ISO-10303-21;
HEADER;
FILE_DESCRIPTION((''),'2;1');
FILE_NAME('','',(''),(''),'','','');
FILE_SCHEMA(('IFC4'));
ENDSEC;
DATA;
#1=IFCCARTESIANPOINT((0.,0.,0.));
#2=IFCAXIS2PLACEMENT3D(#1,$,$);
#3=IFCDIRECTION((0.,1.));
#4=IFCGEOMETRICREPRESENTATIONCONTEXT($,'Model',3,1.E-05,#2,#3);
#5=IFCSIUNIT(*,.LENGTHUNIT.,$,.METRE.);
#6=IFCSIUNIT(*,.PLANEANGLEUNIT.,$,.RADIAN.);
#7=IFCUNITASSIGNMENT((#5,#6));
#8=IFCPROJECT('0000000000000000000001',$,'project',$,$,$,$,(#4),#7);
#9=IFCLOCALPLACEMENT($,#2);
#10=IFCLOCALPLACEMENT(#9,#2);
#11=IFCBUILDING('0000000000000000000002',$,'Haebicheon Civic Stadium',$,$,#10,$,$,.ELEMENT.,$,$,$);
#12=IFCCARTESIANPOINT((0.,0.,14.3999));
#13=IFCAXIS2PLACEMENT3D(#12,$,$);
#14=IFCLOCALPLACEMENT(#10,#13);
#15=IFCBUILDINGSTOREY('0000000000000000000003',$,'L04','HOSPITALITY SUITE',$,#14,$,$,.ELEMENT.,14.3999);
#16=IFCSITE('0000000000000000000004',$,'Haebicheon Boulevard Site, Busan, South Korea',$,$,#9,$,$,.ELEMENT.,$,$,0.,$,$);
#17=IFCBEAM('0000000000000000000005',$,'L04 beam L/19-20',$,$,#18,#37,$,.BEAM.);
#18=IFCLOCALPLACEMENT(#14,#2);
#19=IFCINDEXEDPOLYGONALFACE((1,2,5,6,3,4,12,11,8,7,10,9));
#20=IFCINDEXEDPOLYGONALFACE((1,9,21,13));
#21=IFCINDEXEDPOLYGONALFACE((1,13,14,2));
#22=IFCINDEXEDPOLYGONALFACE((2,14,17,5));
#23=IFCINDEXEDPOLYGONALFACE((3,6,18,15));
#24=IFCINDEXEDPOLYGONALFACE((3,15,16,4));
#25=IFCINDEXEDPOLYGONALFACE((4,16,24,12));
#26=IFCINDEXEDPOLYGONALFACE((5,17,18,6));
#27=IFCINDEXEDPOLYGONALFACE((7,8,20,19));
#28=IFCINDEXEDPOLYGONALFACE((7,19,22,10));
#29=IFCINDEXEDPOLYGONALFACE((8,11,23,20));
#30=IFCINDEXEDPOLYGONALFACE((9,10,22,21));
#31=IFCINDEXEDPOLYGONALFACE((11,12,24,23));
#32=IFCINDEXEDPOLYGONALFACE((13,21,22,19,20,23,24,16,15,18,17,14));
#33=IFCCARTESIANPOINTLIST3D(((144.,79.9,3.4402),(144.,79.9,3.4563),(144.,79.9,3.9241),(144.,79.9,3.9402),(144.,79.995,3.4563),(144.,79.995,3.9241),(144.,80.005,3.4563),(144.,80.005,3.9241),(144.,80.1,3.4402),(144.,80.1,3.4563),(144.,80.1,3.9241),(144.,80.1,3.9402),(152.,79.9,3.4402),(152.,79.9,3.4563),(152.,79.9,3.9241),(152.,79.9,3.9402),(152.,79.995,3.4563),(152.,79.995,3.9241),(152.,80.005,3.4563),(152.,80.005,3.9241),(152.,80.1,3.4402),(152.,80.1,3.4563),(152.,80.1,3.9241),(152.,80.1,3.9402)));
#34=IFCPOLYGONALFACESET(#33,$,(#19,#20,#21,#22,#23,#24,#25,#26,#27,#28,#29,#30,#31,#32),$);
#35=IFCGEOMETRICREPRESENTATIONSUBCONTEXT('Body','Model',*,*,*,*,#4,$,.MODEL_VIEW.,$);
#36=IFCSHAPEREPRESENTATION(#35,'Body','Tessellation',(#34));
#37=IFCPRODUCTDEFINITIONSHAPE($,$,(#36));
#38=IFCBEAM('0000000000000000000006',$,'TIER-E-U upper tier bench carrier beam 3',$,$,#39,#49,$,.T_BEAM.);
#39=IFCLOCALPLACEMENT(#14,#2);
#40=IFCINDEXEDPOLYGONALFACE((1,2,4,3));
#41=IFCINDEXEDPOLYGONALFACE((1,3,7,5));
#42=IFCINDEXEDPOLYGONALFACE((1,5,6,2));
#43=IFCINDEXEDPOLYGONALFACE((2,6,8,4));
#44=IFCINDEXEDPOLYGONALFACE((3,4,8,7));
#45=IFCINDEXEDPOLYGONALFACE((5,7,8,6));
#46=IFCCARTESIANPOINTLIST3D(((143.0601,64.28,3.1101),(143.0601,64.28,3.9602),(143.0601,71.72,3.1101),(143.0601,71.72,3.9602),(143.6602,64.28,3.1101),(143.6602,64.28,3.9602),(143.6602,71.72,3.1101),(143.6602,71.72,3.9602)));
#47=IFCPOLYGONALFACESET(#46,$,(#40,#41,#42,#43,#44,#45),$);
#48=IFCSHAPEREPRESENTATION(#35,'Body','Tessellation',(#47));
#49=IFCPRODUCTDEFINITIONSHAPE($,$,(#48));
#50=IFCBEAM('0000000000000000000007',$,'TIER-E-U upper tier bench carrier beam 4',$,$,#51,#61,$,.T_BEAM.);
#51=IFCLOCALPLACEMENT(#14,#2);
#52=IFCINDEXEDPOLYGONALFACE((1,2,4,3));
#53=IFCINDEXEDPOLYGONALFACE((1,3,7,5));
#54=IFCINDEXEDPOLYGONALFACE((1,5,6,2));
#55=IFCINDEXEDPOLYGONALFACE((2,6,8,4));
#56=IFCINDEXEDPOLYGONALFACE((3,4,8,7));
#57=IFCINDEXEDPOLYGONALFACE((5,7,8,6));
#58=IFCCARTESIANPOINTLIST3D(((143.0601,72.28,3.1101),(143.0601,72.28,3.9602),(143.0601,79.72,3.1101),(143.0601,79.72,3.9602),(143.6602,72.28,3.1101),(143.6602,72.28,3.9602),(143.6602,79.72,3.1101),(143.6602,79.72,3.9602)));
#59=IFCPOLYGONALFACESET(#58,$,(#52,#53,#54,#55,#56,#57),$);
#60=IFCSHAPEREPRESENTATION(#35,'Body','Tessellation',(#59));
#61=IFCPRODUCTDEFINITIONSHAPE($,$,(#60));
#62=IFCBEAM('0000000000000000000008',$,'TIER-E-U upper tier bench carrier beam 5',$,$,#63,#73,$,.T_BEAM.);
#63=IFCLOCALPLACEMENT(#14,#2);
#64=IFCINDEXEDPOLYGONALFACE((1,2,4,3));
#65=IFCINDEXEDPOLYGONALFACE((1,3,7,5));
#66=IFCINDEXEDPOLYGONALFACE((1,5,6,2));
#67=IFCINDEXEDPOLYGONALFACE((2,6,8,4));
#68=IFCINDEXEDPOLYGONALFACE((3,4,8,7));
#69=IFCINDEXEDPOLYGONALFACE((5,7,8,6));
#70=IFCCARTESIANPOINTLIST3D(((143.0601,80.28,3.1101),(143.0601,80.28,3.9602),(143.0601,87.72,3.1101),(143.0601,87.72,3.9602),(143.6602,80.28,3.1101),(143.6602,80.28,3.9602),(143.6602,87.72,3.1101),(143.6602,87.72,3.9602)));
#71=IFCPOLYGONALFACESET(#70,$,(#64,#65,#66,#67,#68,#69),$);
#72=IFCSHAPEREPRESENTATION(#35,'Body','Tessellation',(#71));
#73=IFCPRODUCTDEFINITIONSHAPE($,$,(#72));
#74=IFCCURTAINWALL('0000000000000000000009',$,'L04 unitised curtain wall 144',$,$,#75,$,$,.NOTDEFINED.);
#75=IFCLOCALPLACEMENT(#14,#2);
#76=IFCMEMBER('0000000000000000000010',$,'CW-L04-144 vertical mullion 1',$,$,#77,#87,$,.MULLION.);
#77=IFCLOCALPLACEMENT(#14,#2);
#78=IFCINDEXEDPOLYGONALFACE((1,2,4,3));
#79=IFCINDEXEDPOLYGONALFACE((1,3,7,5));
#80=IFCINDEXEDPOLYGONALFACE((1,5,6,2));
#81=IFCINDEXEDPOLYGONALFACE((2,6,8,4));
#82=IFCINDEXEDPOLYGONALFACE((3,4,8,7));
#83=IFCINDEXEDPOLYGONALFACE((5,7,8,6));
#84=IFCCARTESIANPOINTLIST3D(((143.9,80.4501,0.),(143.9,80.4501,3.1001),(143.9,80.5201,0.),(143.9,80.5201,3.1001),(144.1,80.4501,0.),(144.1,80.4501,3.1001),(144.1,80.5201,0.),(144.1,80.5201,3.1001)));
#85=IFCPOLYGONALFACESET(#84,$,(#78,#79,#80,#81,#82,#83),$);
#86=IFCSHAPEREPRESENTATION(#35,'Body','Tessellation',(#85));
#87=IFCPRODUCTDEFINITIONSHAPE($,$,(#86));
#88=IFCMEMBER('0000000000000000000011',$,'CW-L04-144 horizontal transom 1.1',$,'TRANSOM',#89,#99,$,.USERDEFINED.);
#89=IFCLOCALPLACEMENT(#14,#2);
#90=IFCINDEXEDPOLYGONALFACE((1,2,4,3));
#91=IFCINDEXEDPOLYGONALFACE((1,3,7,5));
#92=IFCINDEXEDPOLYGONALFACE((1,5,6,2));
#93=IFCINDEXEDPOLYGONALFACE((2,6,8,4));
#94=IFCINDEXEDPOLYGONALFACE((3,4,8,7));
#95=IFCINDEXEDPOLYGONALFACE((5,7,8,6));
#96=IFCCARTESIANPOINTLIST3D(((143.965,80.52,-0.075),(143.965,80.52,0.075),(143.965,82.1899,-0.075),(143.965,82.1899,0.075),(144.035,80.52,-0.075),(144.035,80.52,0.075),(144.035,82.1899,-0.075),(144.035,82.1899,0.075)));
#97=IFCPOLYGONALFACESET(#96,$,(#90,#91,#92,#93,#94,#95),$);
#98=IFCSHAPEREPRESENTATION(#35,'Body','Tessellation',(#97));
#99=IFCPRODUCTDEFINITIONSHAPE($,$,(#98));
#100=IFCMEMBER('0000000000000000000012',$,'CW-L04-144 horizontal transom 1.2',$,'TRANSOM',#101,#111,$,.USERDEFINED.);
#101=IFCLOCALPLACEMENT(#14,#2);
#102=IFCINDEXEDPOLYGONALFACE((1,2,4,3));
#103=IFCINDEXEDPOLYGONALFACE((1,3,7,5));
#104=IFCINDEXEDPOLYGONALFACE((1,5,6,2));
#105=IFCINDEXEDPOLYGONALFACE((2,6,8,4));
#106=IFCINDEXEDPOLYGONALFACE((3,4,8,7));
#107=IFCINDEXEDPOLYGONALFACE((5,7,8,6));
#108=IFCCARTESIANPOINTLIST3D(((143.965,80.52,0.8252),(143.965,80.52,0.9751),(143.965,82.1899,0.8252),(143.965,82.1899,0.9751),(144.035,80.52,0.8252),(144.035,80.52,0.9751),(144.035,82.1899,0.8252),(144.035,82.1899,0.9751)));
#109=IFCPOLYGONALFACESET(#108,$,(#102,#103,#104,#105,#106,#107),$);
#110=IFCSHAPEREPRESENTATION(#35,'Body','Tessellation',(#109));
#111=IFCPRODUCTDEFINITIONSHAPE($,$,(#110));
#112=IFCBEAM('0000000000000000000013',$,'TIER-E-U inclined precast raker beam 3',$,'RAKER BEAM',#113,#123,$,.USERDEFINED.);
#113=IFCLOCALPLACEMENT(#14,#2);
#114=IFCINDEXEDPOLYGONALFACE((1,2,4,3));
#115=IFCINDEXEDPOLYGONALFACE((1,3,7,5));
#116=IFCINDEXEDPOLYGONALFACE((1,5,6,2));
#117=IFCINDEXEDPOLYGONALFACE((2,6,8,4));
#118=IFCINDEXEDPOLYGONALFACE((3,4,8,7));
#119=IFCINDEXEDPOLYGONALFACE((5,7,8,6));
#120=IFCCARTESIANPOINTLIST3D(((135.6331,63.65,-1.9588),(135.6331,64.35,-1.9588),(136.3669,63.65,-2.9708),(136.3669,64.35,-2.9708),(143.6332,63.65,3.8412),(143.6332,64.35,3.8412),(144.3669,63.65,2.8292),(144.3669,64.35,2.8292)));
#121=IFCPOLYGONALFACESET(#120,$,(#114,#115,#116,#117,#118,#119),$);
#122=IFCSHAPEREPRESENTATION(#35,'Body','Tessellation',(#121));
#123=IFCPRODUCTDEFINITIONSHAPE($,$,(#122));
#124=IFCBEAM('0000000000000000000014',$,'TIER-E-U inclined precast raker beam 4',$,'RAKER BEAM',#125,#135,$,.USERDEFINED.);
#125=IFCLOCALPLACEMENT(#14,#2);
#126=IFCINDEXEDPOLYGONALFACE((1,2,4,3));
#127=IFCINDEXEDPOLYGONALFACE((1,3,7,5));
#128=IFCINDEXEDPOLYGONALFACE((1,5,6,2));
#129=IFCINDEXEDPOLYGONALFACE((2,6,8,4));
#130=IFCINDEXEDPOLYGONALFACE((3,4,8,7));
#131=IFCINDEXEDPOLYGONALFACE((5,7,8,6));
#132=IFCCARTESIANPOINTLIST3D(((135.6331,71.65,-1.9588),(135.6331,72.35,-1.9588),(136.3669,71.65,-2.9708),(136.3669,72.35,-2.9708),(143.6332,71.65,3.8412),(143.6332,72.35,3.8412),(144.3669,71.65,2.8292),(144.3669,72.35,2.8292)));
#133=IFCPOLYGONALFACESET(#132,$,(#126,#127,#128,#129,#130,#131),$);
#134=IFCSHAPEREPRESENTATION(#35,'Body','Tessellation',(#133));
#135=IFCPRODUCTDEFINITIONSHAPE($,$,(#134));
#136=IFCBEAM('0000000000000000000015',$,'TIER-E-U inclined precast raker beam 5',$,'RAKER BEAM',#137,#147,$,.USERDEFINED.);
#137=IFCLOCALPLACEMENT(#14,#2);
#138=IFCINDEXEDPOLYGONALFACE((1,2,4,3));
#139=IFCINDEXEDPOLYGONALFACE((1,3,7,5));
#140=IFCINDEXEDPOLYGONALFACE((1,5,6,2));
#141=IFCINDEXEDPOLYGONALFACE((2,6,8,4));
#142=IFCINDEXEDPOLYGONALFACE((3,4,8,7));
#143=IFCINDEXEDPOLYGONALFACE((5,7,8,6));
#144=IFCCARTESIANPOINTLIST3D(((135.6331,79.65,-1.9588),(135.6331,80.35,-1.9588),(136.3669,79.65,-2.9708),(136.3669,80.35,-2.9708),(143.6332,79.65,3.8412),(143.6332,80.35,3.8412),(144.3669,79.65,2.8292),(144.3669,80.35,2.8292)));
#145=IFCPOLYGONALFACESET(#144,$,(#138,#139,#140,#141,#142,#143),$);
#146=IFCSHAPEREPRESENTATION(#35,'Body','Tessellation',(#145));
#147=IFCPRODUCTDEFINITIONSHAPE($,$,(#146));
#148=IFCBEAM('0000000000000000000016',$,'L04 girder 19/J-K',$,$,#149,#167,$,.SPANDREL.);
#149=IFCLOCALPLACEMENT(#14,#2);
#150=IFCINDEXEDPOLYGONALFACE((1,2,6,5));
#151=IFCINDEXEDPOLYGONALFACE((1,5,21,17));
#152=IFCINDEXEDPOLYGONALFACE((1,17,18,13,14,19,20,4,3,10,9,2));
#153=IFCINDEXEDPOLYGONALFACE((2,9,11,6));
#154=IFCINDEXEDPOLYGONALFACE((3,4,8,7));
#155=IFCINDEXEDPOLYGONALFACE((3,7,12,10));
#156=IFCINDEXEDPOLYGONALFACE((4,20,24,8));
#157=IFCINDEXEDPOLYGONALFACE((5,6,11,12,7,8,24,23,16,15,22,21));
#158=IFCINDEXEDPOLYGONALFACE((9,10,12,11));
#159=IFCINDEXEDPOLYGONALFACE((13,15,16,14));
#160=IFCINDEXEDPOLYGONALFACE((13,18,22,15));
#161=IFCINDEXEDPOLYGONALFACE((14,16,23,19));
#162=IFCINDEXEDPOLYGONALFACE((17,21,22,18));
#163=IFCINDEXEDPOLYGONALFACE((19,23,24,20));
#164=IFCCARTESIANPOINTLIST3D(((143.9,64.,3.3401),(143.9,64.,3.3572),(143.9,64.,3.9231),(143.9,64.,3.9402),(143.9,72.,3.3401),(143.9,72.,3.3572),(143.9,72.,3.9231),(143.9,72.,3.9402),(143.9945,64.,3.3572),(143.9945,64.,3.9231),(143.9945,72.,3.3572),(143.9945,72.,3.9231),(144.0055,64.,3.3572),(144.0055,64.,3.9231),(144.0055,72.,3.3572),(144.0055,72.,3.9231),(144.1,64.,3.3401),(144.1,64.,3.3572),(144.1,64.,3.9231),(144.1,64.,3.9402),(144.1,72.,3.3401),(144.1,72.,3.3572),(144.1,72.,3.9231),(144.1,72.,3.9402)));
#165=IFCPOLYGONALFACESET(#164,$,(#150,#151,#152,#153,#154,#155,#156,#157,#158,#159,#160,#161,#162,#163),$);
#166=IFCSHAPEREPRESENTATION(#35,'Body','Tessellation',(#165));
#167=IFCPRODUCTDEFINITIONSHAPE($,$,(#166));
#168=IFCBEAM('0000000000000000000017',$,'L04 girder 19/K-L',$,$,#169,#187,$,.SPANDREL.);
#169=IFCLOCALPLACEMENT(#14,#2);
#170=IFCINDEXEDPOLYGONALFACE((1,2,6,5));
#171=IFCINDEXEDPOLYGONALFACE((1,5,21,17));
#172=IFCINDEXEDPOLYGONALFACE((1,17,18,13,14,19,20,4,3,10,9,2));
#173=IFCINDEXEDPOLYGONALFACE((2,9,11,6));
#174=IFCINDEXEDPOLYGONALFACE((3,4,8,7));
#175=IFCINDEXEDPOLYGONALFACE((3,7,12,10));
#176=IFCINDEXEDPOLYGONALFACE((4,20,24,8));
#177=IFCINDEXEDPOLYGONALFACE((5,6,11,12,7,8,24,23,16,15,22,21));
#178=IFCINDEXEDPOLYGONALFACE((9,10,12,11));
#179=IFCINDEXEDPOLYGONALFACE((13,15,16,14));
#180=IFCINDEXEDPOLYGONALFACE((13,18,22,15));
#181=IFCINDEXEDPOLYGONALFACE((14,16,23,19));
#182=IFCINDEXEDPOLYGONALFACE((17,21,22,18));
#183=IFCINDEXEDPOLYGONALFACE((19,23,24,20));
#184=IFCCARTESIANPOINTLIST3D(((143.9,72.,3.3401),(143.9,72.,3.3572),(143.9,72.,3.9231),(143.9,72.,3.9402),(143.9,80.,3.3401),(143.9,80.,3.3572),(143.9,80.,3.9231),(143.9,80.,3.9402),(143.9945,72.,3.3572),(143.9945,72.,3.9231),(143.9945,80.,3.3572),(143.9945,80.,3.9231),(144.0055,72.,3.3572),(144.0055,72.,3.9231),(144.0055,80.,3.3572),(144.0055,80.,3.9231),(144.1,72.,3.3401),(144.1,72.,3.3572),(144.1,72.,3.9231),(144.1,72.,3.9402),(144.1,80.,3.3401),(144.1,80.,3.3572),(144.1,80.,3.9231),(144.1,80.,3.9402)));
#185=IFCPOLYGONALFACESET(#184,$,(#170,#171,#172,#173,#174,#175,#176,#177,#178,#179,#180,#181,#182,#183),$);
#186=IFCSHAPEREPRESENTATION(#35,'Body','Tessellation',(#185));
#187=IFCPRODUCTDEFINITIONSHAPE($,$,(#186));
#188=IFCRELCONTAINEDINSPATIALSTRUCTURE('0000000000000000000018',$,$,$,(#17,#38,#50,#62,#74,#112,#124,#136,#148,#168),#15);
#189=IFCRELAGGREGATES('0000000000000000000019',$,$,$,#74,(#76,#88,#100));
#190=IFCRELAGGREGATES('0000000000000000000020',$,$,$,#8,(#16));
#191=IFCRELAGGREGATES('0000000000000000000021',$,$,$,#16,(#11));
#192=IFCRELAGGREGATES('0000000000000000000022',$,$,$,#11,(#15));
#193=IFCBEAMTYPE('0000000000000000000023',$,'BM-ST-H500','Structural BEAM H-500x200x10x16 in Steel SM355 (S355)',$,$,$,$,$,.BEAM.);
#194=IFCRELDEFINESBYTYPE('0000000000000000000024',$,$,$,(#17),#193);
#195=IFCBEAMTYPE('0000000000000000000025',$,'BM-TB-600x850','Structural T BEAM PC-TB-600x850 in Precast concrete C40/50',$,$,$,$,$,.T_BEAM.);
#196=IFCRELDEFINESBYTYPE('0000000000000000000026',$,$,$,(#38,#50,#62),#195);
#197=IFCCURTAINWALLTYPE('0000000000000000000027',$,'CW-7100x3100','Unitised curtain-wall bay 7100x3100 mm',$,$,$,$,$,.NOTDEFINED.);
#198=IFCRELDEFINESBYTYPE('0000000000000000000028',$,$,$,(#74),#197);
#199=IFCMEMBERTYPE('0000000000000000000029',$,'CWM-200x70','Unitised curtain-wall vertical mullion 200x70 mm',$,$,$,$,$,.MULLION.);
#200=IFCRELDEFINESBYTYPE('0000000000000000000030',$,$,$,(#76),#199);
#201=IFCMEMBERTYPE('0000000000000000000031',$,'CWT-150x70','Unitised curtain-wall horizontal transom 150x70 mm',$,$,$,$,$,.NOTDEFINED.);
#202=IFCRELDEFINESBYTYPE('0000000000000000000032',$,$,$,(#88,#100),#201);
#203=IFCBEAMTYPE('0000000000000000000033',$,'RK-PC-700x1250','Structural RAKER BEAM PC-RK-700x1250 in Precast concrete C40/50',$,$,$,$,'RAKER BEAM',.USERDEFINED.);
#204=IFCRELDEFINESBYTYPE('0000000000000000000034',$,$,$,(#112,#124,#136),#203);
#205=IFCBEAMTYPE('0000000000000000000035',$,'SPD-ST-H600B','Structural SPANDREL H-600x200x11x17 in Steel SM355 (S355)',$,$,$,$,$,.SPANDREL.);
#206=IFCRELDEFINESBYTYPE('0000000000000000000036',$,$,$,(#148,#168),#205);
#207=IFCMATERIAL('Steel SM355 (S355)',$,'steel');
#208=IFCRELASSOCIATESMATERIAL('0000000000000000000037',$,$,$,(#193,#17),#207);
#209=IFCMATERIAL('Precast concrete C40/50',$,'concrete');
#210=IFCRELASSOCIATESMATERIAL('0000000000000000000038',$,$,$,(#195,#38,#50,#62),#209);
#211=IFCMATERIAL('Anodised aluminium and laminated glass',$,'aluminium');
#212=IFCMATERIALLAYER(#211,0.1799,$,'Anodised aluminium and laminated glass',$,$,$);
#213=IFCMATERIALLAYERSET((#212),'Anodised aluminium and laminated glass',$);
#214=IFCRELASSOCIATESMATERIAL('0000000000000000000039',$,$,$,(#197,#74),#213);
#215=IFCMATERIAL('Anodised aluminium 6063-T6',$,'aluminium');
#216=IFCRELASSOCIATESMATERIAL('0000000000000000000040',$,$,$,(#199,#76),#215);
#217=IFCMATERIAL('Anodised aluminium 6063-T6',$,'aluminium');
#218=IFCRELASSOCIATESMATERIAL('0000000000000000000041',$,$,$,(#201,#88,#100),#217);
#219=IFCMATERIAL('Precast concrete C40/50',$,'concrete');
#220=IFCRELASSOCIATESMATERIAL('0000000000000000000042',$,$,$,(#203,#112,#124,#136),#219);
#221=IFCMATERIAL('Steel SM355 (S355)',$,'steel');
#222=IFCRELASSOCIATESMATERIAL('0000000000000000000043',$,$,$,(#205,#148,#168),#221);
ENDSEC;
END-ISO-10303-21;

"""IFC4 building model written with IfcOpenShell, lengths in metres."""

from ifc_helpers import new_model, si_unit, direction, frame, origin, origin_2d, place, context, subcontext, project, spatial, rectangle, i_section, extrude, material, layer, layer_set, material_profile, profile_set, type_object, element, aggregate, save


model = new_model("IFC4")

# Units and contexts
model_context = context("Model", 3, precision=1e-05, world=origin(), true_north=direction((0.0, 1.0)))
body_context = subcontext(model_context, "Body", "Model", "MODEL_VIEW")
ifc_project = project(units=[si_unit("LENGTHUNIT", "METRE"), si_unit("PLANEANGLEUNIT", "RADIAN")], contexts=[model_context])

# Site, building, storey
site_placement = place(None, origin())
site = spatial("IfcSite", under=ifc_project, at=site_placement, Name="Haebicheon Boulevard Site, Busan, South Korea", CompositionType="ELEMENT", RefElevation=0.0)
building_placement = place(site_placement, origin())
building = spatial("IfcBuilding", under=site, at=building_placement, Name="Haebicheon Civic Stadium", CompositionType="ELEMENT")
storey_placement = place(building_placement, frame((0.0, 0.0, 14.3999)))
storey = spatial("IfcBuildingStorey", under=building, at=storey_placement, Name="L04", Description="HOSPITALITY SUITE", CompositionType="ELEMENT", Elevation=14.3999)

# Beams
ifc_material_1 = material(Name="Steel SM355 (S355)", Category="steel")
ifc_material_profile_1 = material_profile(ifc_material_1, i_section(OverallWidth=0.2, OverallDepth=0.5, WebThickness=0.01, FlangeThickness=0.0161, at=origin_2d()), Name="H-500x200x10x16")
ifc_profile_set_1 = profile_set([ifc_material_profile_1], Name="Steel SM355 (S355)")
beam_type_1 = type_object("IfcBeamType", Name="BM-ST-H500", Description="Structural BEAM H-500x200x10x16 in Steel SM355 (S355)", PredefinedType="BEAM", material=ifc_profile_set_1)
for number, where, z_axis, x_axis, name in (
    (1, (144.0, 80.0, 3.6902), (1.0, 0.0, 0.0), (0.0, 1.0, 0.0), "L04 beam L/19-20"),
):
    element("IfcBeam", number, at=place(storey_placement, frame(where, z_axis=z_axis, x_axis=x_axis)), inside=storey, type_object=beam_type_1, material=ifc_profile_set_1, Name=name, PredefinedType="BEAM", context=body_context, shape_type="SweptSolid", body=[
        extrude(i_section(OverallWidth=0.2, OverallDepth=0.5, WebThickness=0.01, FlangeThickness=0.0161, at=origin_2d()), origin(), (0.0, 0.0, 1.0), 8.0),
    ])
ifc_material_2 = material(Name="Precast concrete C40/50", Category="concrete")
ifc_material_profile_2 = material_profile(ifc_material_2, rectangle(XDim=0.6001, YDim=0.8501, at=origin_2d()), Name="PC-TB-600x850")
ifc_profile_set_2 = profile_set([ifc_material_profile_2], Name="Precast concrete C40/50")
beam_type_2 = type_object("IfcBeamType", Name="BM-TB-600x850", Description="Structural T BEAM PC-TB-600x850 in Precast concrete C40/50", PredefinedType="T_BEAM", material=ifc_profile_set_2)
for number, where, z_axis, x_axis, name in (
    (2, (143.3601, 64.28, 3.5352), (0.0, 1.0, 0.0), (-1.0, 0.0, 0.0), "TIER-E-U upper tier bench carrier beam 3"),
    (3, (143.3601, 72.28, 3.5352), (0.0, 1.0, 0.0), (-1.0, 0.0, 0.0), "TIER-E-U upper tier bench carrier beam 4"),
    (4, (143.3601, 80.28, 3.5352), (0.0, 1.0, 0.0), (-1.0, 0.0, 0.0), "TIER-E-U upper tier bench carrier beam 5"),
):
    element("IfcBeam", number, at=place(storey_placement, frame(where, z_axis=z_axis, x_axis=x_axis)), inside=storey, type_object=beam_type_2, material=ifc_profile_set_2, Name=name, PredefinedType="T_BEAM", context=body_context, shape_type="SweptSolid", body=[
        extrude(rectangle(XDim=0.6001, YDim=0.8501, at=origin_2d()), origin(), (0.0, 0.0, 1.0), 7.4399),
    ])

# Curtain wall, members
ifc_material_3 = material(Name="Anodised aluminium and laminated glass", Category="aluminium")
ifc_layer_1 = layer(ifc_material_3, 0.1799, Name="Anodised aluminium and laminated glass")
ifc_layer_set_1 = layer_set([ifc_layer_1], Name="Anodised aluminium and laminated glass")
curtain_wall_type = type_object("IfcCurtainWallType", Name="CW-7100x3100", Description="Unitised curtain-wall bay 7100x3100 mm", PredefinedType="NOTDEFINED", material=ifc_layer_set_1)
curtain_wall_placement = place(storey_placement, origin())
curtain_wall = element("IfcCurtainWall", 5, at=curtain_wall_placement, inside=storey, type_object=curtain_wall_type, material=ifc_layer_set_1, Name="L04 unitised curtain wall 144", PredefinedType="NOTDEFINED")
ifc_material_4 = material(Name="Anodised aluminium 6063-T6", Category="aluminium")
ifc_material_profile_3 = material_profile(ifc_material_4, rectangle(XDim=0.0701, YDim=0.2, at=origin_2d()), Name="ALU-MULL-70x200")
ifc_profile_set_3 = profile_set([ifc_material_profile_3], Name="Anodised aluminium 6063-T6")
member_type_1 = type_object("IfcMemberType", Name="CWM-200x70", Description="Unitised curtain-wall vertical mullion 200x70 mm", PredefinedType="MULLION", material=ifc_profile_set_3)
member_1_placement = place(storey_placement, frame((144.0, 80.4851, 0.0), z_axis=(0.0, 0.0, 1.0), x_axis=(0.0, 1.0, 0.0)))
member_1 = element("IfcMember", 6, at=member_1_placement, type_object=member_type_1, material=ifc_profile_set_3, Name="CW-L04-144 vertical mullion 1", PredefinedType="MULLION", context=body_context, shape_type="SweptSolid", body=[
    extrude(rectangle(XDim=0.0701, YDim=0.2, at=origin_2d()), origin(), (0.0, 0.0, 1.0), 3.1001),
])
ifc_material_5 = material(Name="Anodised aluminium 6063-T6", Category="aluminium")
ifc_material_profile_4 = material_profile(ifc_material_5, rectangle(XDim=0.0701, YDim=0.1499, at=origin_2d()), Name="ALU-TRAN-70x150")
ifc_profile_set_4 = profile_set([ifc_material_profile_4], Name="Anodised aluminium 6063-T6")
member_type_2 = type_object("IfcMemberType", Name="CWT-150x70", Description="Unitised curtain-wall horizontal transom 150x70 mm", PredefinedType="NOTDEFINED", material=ifc_profile_set_4)
member_2_placement = place(storey_placement, frame((144.0, 80.52, 0.0), z_axis=(0.0, 1.0, 0.0), x_axis=(-1.0, 0.0, 0.0)))
member_2 = element("IfcMember", 7, at=member_2_placement, type_object=member_type_2, material=ifc_profile_set_4, Name="CW-L04-144 horizontal transom 1.1", ObjectType="TRANSOM", PredefinedType="USERDEFINED", context=body_context, shape_type="SweptSolid", body=[
    extrude(rectangle(XDim=0.0701, YDim=0.1499, at=origin_2d()), origin(), (0.0, 0.0, 1.0), 1.6699),
])
member_3_placement = place(storey_placement, frame((144.0, 80.52, 0.9001), z_axis=(0.0, 1.0, 0.0), x_axis=(-1.0, 0.0, 0.0)))
member_3 = element("IfcMember", 8, at=member_3_placement, type_object=member_type_2, material=ifc_profile_set_4, Name="CW-L04-144 horizontal transom 1.2", ObjectType="TRANSOM", PredefinedType="USERDEFINED", context=body_context, shape_type="SweptSolid", body=[
    extrude(rectangle(XDim=0.0701, YDim=0.1499, at=origin_2d()), origin(), (0.0, 0.0, 1.0), 1.6699),
])
aggregate(curtain_wall, [member_1, member_2, member_3])

# Beams
ifc_material_6 = material(Name="Precast concrete C40/50", Category="concrete")
ifc_material_profile_5 = material_profile(ifc_material_6, rectangle(XDim=0.7, YDim=1.25, at=origin_2d()), Name="PC-RK-700x1250")
ifc_profile_set_5 = profile_set([ifc_material_profile_5], Name="Precast concrete C40/50")
beam_type_3 = type_object("IfcBeamType", Name="RK-PC-700x1250", Description="Structural RAKER BEAM PC-RK-700x1250 in Precast concrete C40/50", ElementType="RAKER BEAM", PredefinedType="USERDEFINED", material=ifc_profile_set_5)
for number, where, z_axis, x_axis, name in (
    (9, (136.0, 64.0, -2.4648), (0.809608, 0.0, 0.586971), (0.0, 1.0, 0.0), "TIER-E-U inclined precast raker beam 3"),
    (10, (136.0, 72.0, -2.4648), (0.809608, 0.0, 0.586971), (0.0, 1.0, 0.0), "TIER-E-U inclined precast raker beam 4"),
    (11, (136.0, 80.0, -2.4648), (0.809608, 0.0, 0.586971), (0.0, 1.0, 0.0), "TIER-E-U inclined precast raker beam 5"),
):
    element("IfcBeam", number, at=place(storey_placement, frame(where, z_axis=z_axis, x_axis=x_axis)), inside=storey, type_object=beam_type_3, material=ifc_profile_set_5, Name=name, ObjectType="RAKER BEAM", PredefinedType="USERDEFINED", context=body_context, shape_type="SweptSolid", body=[
        extrude(rectangle(XDim=0.7, YDim=1.25, at=origin_2d()), origin(), (0.0, 0.0, 1.0), 9.8813),
    ])
ifc_material_7 = material(Name="Steel SM355 (S355)", Category="steel")
ifc_material_profile_6 = material_profile(ifc_material_7, i_section(OverallWidth=0.2, OverallDepth=0.6001, WebThickness=0.011, FlangeThickness=0.0171, at=origin_2d()), Name="H-600x200x11x17")
ifc_profile_set_6 = profile_set([ifc_material_profile_6], Name="Steel SM355 (S355)")
beam_type_4 = type_object("IfcBeamType", Name="SPD-ST-H600B", Description="Structural SPANDREL H-600x200x11x17 in Steel SM355 (S355)", PredefinedType="SPANDREL", material=ifc_profile_set_6)
for number, where, z_axis, x_axis, name in (
    (12, (144.0, 64.0, 3.6401), (0.0, 1.0, 0.0), (-1.0, 0.0, 0.0), "L04 girder 19/J-K"),
    (13, (144.0, 72.0, 3.6401), (0.0, 1.0, 0.0), (-1.0, 0.0, 0.0), "L04 girder 19/K-L"),
):
    element("IfcBeam", number, at=place(storey_placement, frame(where, z_axis=z_axis, x_axis=x_axis)), inside=storey, type_object=beam_type_4, material=ifc_profile_set_6, Name=name, PredefinedType="SPANDREL", context=body_context, shape_type="SweptSolid", body=[
        extrude(i_section(OverallWidth=0.2, OverallDepth=0.6001, WebThickness=0.011, FlangeThickness=0.0171, at=origin_2d()), origin(), (0.0, 0.0, 1.0), 8.0),
    ])

save(model, "model.ifc")
